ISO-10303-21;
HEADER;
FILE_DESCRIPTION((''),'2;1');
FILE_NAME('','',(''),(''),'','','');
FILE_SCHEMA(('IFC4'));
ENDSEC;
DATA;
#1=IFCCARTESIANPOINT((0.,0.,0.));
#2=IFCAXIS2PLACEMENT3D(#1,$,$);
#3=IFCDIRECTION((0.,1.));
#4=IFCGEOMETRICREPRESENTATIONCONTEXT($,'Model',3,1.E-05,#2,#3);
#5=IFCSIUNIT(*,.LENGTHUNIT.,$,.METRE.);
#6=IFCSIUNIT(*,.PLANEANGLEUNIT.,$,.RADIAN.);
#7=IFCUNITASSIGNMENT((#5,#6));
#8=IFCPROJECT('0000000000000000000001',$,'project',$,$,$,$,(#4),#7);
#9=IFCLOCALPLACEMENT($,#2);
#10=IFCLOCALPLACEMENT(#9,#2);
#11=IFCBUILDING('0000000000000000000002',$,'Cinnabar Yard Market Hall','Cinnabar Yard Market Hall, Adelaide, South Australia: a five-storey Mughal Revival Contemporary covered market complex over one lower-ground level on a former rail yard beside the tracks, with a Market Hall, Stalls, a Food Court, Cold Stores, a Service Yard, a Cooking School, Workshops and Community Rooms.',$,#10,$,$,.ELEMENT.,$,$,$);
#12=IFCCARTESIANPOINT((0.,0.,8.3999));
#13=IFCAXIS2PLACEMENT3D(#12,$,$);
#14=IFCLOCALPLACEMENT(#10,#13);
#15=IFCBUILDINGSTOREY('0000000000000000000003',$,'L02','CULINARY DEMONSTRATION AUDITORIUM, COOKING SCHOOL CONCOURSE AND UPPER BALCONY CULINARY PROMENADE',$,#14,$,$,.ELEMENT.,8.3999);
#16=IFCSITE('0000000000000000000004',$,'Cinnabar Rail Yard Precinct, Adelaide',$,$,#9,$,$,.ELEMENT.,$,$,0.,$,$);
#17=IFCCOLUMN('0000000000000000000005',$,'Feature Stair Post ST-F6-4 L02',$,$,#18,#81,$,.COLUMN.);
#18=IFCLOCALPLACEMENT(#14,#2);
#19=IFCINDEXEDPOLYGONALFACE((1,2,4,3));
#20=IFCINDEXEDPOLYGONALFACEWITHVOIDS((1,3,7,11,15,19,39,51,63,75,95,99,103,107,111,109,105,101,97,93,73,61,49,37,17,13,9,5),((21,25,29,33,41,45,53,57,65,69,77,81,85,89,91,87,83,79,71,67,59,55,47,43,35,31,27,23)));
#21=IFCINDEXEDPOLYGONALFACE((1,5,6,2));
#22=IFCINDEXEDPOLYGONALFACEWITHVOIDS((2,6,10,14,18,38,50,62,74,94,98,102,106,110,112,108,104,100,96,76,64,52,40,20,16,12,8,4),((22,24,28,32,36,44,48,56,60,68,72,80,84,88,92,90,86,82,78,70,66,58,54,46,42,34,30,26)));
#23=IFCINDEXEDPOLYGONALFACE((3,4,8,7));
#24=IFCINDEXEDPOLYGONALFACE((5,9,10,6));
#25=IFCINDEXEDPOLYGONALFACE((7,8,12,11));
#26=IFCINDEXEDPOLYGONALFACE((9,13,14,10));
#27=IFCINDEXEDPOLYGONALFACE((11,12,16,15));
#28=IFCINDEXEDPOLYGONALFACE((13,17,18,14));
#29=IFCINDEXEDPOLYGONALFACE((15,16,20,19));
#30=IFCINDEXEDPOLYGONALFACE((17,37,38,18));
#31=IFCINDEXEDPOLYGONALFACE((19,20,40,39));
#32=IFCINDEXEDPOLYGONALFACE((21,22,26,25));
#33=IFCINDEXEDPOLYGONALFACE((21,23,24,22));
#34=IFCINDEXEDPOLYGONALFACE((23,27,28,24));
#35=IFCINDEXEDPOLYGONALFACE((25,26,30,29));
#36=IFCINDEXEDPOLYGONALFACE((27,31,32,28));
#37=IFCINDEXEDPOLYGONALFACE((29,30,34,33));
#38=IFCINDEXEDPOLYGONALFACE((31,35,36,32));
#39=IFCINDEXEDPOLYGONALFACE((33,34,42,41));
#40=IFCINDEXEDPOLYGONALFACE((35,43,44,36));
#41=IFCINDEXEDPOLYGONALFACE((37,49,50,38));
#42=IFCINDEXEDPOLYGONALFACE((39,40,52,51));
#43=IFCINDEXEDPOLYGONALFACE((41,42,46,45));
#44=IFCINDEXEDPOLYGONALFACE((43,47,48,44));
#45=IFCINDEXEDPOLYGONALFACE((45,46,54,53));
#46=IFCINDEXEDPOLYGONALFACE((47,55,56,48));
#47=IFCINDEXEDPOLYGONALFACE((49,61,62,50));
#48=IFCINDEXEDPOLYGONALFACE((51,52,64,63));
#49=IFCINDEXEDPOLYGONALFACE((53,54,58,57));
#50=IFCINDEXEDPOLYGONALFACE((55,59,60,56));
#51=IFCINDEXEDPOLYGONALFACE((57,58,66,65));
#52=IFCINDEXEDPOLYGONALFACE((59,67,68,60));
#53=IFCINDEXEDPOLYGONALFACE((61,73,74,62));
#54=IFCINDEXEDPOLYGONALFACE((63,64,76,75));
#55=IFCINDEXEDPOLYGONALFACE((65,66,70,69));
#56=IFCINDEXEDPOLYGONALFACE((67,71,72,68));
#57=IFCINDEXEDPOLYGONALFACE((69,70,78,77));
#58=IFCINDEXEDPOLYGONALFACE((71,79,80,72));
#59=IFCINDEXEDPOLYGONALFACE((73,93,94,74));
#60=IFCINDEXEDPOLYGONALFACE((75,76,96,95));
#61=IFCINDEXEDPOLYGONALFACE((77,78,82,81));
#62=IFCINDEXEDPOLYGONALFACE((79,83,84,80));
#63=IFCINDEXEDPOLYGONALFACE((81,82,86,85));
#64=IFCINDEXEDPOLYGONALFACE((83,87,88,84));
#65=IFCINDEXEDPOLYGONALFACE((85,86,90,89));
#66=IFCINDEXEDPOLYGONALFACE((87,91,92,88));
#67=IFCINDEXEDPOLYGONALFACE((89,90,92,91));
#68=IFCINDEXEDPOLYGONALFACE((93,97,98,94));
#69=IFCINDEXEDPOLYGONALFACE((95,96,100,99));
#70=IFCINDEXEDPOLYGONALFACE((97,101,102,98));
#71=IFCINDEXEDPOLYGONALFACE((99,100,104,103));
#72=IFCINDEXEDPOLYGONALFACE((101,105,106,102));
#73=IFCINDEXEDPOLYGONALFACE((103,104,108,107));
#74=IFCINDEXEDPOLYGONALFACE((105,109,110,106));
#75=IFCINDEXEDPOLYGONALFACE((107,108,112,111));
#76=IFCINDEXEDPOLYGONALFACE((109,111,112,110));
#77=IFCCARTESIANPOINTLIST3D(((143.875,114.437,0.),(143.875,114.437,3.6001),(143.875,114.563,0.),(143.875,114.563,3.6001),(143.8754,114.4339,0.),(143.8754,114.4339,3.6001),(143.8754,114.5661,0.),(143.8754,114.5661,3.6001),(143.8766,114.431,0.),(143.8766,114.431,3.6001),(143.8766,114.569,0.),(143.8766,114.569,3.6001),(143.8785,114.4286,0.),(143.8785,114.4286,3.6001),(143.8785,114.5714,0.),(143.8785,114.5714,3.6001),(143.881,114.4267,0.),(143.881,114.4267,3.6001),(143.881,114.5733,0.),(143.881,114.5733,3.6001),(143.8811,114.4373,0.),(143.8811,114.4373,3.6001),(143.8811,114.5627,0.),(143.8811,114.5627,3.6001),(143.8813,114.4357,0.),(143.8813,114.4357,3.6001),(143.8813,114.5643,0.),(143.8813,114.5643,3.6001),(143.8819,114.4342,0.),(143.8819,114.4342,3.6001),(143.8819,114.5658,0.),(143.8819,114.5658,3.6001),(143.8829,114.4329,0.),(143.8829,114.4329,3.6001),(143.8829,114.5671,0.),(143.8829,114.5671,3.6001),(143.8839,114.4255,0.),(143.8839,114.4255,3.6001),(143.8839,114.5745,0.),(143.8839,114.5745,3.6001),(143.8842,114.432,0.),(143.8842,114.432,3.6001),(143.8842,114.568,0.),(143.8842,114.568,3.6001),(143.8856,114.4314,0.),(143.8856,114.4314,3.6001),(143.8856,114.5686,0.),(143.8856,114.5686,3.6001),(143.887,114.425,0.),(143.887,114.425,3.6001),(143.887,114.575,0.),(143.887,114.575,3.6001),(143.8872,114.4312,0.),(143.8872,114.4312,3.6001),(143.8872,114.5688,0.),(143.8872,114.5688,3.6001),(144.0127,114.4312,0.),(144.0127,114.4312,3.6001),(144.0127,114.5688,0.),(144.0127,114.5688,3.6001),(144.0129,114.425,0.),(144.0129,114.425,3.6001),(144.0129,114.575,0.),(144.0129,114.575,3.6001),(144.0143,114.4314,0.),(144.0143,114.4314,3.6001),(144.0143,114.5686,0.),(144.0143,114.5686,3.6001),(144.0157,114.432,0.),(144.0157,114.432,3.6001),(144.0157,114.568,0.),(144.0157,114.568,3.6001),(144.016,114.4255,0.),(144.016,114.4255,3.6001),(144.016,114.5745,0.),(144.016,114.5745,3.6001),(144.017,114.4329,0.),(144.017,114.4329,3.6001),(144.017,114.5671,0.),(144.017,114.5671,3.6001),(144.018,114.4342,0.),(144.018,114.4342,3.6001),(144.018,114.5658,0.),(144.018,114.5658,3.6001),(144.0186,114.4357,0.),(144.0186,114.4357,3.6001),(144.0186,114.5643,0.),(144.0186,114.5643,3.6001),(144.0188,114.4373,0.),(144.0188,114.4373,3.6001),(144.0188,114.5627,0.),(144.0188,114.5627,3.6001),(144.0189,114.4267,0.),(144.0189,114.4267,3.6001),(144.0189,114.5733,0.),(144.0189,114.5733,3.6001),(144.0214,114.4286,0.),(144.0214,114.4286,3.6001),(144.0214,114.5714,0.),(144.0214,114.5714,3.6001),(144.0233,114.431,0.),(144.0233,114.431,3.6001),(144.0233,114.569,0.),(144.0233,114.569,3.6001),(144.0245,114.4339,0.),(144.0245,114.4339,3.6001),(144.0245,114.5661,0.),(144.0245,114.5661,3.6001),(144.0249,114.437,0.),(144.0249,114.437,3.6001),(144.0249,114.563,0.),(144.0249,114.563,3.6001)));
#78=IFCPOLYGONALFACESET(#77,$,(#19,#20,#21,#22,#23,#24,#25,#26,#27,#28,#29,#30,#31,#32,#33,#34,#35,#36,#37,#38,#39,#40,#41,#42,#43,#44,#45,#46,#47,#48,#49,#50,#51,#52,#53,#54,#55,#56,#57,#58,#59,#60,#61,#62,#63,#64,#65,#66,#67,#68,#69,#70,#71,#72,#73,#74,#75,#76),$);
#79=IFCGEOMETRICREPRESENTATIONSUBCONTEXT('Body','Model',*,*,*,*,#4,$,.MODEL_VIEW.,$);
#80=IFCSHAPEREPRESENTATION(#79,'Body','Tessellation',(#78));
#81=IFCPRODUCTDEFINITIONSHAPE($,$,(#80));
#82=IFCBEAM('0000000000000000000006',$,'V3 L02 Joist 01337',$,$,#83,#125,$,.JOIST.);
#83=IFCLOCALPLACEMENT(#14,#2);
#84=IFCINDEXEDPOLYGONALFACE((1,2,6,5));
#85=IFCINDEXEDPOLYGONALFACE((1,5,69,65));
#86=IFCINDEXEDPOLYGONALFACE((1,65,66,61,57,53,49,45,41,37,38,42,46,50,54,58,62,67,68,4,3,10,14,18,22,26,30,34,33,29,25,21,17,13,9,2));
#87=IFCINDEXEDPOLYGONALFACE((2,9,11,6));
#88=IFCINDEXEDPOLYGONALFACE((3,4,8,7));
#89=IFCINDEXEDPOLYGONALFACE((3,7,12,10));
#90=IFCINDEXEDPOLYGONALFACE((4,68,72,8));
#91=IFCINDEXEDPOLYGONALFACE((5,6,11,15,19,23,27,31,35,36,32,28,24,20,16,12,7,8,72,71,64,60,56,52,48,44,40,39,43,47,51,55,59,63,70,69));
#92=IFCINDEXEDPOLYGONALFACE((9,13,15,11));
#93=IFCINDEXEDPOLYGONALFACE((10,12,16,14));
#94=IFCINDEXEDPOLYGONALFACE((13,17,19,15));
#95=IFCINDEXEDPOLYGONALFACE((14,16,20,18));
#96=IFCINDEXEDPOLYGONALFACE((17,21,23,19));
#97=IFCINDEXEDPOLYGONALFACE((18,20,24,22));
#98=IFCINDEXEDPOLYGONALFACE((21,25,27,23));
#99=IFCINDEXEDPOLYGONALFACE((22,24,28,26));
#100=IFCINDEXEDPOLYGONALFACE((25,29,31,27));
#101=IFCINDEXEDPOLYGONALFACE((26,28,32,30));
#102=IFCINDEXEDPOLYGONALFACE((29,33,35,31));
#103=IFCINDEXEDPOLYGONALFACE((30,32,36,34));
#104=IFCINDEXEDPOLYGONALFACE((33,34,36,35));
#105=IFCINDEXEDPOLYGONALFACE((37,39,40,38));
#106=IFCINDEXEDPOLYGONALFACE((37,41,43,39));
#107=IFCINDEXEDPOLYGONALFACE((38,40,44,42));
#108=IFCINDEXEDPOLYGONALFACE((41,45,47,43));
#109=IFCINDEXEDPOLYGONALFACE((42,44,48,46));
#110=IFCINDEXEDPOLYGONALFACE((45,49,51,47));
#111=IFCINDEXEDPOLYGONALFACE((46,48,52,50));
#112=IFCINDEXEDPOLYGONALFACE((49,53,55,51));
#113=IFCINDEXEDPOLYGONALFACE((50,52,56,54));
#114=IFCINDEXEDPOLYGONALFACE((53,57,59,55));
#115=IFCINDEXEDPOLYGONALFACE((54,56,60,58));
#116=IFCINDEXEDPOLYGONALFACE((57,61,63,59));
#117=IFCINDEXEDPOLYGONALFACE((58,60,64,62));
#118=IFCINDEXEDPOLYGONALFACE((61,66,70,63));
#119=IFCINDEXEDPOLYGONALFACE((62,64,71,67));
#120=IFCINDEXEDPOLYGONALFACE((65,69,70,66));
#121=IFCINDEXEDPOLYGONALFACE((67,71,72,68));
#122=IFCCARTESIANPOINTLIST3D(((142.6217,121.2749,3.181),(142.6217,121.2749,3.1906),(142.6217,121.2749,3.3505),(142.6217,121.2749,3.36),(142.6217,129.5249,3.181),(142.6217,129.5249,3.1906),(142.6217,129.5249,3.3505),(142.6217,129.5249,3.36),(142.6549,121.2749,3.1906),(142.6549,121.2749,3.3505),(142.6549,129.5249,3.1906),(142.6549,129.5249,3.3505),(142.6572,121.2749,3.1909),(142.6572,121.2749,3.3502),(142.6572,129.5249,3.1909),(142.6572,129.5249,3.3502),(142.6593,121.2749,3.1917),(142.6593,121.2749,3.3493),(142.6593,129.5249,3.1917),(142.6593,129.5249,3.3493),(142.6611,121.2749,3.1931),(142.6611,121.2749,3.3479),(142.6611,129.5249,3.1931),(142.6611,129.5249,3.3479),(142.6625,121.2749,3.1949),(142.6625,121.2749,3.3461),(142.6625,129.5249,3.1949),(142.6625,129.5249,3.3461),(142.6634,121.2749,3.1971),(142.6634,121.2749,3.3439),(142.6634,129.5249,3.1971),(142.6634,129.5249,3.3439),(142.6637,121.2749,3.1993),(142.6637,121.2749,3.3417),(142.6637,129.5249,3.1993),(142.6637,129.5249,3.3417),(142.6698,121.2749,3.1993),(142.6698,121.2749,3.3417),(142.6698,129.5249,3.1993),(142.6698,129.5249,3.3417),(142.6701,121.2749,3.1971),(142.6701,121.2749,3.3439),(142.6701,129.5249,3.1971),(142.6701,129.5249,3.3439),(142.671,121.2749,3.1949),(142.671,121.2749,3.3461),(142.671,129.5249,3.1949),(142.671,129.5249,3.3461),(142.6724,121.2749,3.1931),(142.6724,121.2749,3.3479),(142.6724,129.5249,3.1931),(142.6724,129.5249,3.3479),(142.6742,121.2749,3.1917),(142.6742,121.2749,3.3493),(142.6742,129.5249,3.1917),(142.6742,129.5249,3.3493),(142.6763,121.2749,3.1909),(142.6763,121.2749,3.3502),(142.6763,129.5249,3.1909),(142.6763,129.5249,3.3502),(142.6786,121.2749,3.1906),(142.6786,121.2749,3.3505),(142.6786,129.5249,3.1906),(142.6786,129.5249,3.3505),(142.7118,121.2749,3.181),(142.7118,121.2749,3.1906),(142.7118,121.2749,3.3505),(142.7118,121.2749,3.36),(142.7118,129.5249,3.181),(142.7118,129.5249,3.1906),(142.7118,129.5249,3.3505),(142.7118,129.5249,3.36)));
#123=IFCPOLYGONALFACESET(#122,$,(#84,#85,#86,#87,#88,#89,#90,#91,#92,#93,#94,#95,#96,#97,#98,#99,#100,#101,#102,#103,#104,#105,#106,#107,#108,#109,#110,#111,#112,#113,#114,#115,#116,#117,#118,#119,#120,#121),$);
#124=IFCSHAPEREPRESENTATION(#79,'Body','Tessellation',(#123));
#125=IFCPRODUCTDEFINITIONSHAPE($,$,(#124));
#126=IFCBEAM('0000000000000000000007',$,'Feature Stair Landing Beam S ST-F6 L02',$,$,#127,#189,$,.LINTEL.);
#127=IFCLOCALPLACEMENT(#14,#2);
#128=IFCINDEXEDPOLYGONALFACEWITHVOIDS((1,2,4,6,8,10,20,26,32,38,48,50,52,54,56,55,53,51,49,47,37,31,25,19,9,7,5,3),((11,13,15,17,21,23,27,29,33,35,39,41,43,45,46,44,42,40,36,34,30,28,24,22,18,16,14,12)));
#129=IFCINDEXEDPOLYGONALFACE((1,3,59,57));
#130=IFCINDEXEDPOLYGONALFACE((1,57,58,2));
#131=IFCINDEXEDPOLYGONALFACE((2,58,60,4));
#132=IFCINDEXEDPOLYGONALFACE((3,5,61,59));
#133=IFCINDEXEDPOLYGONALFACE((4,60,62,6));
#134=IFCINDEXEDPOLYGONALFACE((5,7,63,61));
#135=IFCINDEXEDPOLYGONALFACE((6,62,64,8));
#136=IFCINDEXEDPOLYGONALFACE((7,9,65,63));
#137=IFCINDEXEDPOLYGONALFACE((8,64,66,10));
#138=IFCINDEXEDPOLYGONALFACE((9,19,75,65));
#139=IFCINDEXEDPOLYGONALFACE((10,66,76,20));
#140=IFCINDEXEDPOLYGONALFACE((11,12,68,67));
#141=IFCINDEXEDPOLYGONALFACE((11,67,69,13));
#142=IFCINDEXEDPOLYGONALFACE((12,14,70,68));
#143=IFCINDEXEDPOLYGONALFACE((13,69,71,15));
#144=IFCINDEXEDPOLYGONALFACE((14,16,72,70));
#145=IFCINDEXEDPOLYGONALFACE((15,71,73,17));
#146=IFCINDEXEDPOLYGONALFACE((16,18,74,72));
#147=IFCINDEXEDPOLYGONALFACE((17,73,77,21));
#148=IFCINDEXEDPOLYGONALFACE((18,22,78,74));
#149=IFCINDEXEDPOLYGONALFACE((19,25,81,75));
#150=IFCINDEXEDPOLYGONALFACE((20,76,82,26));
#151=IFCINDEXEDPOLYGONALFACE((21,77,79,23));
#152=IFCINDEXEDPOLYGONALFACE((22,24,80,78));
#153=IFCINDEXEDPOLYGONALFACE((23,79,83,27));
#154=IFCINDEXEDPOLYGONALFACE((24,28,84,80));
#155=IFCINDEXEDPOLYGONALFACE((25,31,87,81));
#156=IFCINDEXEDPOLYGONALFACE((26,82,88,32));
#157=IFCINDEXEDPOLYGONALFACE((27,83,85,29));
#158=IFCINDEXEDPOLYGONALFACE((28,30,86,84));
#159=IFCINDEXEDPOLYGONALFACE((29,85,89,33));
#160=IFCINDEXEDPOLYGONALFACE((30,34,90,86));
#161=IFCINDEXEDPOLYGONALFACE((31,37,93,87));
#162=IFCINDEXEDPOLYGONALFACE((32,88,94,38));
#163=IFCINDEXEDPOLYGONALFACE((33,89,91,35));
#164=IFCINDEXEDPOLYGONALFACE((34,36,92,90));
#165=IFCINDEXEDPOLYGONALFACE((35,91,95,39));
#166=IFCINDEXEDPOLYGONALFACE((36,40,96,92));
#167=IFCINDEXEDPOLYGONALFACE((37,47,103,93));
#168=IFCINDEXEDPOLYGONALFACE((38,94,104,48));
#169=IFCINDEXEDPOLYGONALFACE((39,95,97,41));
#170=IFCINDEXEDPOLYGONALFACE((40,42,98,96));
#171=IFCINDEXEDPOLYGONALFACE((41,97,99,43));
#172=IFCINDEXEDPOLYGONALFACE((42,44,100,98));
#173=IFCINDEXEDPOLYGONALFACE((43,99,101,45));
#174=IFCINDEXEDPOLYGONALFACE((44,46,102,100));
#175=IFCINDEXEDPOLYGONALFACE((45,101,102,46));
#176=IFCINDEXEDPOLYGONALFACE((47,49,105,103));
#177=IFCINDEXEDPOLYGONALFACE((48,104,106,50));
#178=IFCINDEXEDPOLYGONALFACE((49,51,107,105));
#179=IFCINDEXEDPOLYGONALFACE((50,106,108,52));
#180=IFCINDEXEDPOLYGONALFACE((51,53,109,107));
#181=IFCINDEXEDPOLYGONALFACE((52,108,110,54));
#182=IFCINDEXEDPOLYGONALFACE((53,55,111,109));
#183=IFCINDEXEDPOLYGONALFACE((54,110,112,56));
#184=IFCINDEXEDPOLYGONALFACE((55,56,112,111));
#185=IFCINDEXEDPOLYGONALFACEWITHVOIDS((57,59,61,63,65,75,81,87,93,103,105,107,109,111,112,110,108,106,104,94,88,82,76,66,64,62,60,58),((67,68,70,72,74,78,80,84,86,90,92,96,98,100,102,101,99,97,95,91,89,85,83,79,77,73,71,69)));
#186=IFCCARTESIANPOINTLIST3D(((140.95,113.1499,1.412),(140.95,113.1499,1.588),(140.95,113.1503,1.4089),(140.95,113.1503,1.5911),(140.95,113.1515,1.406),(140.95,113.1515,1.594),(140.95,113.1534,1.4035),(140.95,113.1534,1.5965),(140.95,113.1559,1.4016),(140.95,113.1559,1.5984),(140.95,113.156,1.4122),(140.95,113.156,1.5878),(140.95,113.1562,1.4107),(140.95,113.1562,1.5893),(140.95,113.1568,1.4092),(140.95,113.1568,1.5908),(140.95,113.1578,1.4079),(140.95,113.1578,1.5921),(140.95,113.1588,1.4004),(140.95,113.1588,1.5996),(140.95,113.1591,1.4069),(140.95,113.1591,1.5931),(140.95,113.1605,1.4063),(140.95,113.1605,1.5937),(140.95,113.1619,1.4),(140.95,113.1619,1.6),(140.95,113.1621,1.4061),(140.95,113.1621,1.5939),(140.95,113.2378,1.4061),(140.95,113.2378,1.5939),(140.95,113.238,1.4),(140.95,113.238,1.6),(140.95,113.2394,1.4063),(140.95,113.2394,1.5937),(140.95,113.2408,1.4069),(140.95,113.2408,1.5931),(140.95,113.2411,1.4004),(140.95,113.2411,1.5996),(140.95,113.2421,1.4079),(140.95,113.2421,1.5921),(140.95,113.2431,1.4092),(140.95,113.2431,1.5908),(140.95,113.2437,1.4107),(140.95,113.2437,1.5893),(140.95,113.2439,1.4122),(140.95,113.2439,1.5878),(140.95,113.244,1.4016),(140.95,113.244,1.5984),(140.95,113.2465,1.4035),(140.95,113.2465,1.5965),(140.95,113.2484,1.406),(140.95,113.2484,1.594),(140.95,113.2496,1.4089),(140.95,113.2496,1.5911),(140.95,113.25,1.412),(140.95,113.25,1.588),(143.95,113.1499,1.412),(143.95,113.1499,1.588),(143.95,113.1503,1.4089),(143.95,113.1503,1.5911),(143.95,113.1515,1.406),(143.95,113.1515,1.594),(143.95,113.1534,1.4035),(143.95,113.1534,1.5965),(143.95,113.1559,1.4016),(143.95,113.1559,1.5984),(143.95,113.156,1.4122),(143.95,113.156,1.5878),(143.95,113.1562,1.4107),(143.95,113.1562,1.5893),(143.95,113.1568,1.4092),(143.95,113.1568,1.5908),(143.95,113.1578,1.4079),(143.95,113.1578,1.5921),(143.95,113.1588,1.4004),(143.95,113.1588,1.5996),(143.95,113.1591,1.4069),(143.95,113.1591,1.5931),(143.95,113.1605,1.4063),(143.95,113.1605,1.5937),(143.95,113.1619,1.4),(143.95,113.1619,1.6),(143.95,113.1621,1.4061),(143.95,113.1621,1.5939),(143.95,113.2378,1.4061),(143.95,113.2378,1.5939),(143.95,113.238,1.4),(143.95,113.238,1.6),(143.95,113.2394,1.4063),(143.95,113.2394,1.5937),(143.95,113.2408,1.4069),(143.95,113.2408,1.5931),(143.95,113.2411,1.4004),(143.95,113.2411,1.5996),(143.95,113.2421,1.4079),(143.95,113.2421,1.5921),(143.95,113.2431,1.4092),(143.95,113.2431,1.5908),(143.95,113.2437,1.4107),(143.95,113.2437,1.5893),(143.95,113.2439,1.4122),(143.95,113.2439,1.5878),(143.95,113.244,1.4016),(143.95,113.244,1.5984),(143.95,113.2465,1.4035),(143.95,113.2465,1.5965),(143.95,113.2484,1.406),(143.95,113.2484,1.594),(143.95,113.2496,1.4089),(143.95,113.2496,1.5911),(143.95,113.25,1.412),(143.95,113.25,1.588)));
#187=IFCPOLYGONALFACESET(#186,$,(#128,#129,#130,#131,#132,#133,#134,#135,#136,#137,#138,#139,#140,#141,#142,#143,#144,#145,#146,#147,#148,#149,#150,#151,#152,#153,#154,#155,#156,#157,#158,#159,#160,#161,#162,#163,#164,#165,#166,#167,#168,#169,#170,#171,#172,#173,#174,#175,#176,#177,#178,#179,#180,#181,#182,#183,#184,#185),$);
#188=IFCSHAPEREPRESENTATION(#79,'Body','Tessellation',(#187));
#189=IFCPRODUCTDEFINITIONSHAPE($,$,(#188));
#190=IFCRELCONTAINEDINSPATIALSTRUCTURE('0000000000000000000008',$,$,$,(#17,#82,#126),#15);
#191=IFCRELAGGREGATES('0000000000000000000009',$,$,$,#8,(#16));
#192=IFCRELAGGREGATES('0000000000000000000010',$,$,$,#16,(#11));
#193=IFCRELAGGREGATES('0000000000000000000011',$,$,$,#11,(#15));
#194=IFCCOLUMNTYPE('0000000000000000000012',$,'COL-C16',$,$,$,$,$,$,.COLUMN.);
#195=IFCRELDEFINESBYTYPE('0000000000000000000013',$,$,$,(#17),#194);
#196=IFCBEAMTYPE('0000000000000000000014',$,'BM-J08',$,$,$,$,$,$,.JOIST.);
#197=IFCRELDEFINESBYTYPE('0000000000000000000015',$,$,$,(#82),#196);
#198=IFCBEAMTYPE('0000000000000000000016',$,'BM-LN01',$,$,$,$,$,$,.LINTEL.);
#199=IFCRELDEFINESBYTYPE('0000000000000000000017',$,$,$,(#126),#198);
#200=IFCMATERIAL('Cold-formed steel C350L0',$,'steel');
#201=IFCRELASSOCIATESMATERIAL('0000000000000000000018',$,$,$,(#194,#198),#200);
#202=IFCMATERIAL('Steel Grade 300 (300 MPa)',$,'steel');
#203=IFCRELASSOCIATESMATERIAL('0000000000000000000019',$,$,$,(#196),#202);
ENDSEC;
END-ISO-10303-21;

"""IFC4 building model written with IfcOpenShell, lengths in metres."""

from ifc_helpers import new_model, si_unit, direction, frame, origin, origin_2d_with_axis, place, context, subcontext, project, spatial, hollow_rectangle, i_section, extrude, material, material_profile, profile_set, type_object, element, save


model = new_model("IFC4")

# Units and contexts
model_context = context("Model", 3, precision=1e-05, world=origin(), true_north=direction((0.0, 1.0)))
body_context = subcontext(model_context, "Body", "Model", "MODEL_VIEW")
ifc_project = project(units=[si_unit("LENGTHUNIT", "METRE"), si_unit("PLANEANGLEUNIT", "RADIAN")], contexts=[model_context])

# Site, building, storey
site_placement = place(None, origin())
site = spatial("IfcSite", under=ifc_project, at=site_placement, Name="Cinnabar Rail Yard Precinct, Adelaide", CompositionType="ELEMENT", RefElevation=0.0)
building_placement = place(site_placement, origin())
building = spatial("IfcBuilding", under=site, at=building_placement, Name="Cinnabar Yard Market Hall", Description="Cinnabar Yard Market Hall, Adelaide, South Australia: a five-storey Mughal Revival Contemporary covered market complex over one lower-ground level on a former rail yard beside the tracks, with a Market Hall, Stalls, a Food Court, Cold Stores, a Service Yard, a Cooking School, Workshops and Community Rooms.", CompositionType="ELEMENT")
storey_placement = place(building_placement, frame((0.0, 0.0, 8.3999)))
storey = spatial("IfcBuildingStorey", under=building, at=storey_placement, Name="L02", Description="CULINARY DEMONSTRATION AUDITORIUM, COOKING SCHOOL CONCOURSE AND UPPER BALCONY CULINARY PROMENADE", CompositionType="ELEMENT", Elevation=8.3999)

# Column
ifc_material_1 = material(Name="Cold-formed steel C350L0", Category="steel")
ifc_material_profile_1 = material_profile(ifc_material_1, hollow_rectangle(XDim=0.1499, YDim=0.1499, WallThickness=0.0061, InnerFilletRadius=0.0061, OuterFilletRadius=0.012, at=origin_2d_with_axis()), Name="150x150x6.0SHS")
ifc_profile_set_1 = profile_set([ifc_material_profile_1], Name="Cold-formed steel C350L0")
column_type = type_object("IfcColumnType", Name="COL-C16", PredefinedType="COLUMN", material=ifc_profile_set_1)
for number, where, z_axis, x_axis, name in (
    (1, (143.95, 114.5, 0.0), (0.0, 0.0, 1.0), (1.0, 0.0, 0.0), "Feature Stair Post ST-F6-4 L02"),
):
    element("IfcColumn", number, at=place(storey_placement, frame(where, z_axis=z_axis, x_axis=x_axis)), inside=storey, type_object=column_type, Name=name, PredefinedType="COLUMN", context=body_context, shape_type="SweptSolid", body=[
        extrude(hollow_rectangle(XDim=0.1499, YDim=0.1499, WallThickness=0.0061, InnerFilletRadius=0.0061, OuterFilletRadius=0.012, at=origin_2d_with_axis()), origin(), (0.0, 0.0, 1.0), 3.6001),
    ])

# Beams
ifc_material_2 = material(Name="Steel Grade 300 (300 MPa)", Category="steel")
ifc_material_profile_2 = material_profile(ifc_material_2, i_section(OverallWidth=0.0901, OverallDepth=0.179, WebThickness=0.0061, FlangeThickness=0.0095, FilletRadius=0.0088, at=origin_2d_with_axis()), Name="180UB22.2")
ifc_profile_set_2 = profile_set([ifc_material_profile_2], Name="Steel Grade 300 (300 MPa)")
beam_type_1 = type_object("IfcBeamType", Name="BM-J08", PredefinedType="JOIST", material=ifc_profile_set_2)
beam_placement = place(storey_placement, frame((142.6667, 121.2749, 3.2705), z_axis=(0.0, 1.0, 0.0), x_axis=(-1.0, 0.0, 0.0)))
element("IfcBeam", 2, at=beam_placement, inside=storey, type_object=beam_type_1, Name="V3 L02 Joist 01337", PredefinedType="JOIST", context=body_context, shape_type="SweptSolid", body=[
    extrude(i_section(OverallWidth=0.0901, OverallDepth=0.179, WebThickness=0.0061, FlangeThickness=0.0095, FilletRadius=0.0088, at=origin_2d_with_axis()), origin(), (0.0, 0.0, 1.0), 8.25),
])
ifc_material_profile_3 = material_profile(ifc_material_1, hollow_rectangle(XDim=0.1001, YDim=0.2, WallThickness=0.0061, InnerFilletRadius=0.0061, OuterFilletRadius=0.012, at=origin_2d_with_axis()), Name="200x100x6.0RHS")
ifc_profile_set_3 = profile_set([ifc_material_profile_3], Name="Cold-formed steel C350L0")
beam_type_2 = type_object("IfcBeamType", Name="BM-LN01", PredefinedType="LINTEL", material=ifc_profile_set_3)
for number, where, z_axis, x_axis, name in (
    (3, (140.95, 113.2, 1.5), (1.0, 0.0, 0.0), (0.0, 1.0, 0.0), "Feature Stair Landing Beam S ST-F6 L02"),
):
    element("IfcBeam", number, at=place(storey_placement, frame(where, z_axis=z_axis, x_axis=x_axis)), inside=storey, type_object=beam_type_2, Name=name, PredefinedType="LINTEL", context=body_context, shape_type="SweptSolid", body=[
        extrude(hollow_rectangle(XDim=0.1001, YDim=0.2, WallThickness=0.0061, InnerFilletRadius=0.0061, OuterFilletRadius=0.012, at=origin_2d_with_axis()), origin(), (0.0, 0.0, 1.0), 3.0),
    ])

save(model, "model.ifc")
